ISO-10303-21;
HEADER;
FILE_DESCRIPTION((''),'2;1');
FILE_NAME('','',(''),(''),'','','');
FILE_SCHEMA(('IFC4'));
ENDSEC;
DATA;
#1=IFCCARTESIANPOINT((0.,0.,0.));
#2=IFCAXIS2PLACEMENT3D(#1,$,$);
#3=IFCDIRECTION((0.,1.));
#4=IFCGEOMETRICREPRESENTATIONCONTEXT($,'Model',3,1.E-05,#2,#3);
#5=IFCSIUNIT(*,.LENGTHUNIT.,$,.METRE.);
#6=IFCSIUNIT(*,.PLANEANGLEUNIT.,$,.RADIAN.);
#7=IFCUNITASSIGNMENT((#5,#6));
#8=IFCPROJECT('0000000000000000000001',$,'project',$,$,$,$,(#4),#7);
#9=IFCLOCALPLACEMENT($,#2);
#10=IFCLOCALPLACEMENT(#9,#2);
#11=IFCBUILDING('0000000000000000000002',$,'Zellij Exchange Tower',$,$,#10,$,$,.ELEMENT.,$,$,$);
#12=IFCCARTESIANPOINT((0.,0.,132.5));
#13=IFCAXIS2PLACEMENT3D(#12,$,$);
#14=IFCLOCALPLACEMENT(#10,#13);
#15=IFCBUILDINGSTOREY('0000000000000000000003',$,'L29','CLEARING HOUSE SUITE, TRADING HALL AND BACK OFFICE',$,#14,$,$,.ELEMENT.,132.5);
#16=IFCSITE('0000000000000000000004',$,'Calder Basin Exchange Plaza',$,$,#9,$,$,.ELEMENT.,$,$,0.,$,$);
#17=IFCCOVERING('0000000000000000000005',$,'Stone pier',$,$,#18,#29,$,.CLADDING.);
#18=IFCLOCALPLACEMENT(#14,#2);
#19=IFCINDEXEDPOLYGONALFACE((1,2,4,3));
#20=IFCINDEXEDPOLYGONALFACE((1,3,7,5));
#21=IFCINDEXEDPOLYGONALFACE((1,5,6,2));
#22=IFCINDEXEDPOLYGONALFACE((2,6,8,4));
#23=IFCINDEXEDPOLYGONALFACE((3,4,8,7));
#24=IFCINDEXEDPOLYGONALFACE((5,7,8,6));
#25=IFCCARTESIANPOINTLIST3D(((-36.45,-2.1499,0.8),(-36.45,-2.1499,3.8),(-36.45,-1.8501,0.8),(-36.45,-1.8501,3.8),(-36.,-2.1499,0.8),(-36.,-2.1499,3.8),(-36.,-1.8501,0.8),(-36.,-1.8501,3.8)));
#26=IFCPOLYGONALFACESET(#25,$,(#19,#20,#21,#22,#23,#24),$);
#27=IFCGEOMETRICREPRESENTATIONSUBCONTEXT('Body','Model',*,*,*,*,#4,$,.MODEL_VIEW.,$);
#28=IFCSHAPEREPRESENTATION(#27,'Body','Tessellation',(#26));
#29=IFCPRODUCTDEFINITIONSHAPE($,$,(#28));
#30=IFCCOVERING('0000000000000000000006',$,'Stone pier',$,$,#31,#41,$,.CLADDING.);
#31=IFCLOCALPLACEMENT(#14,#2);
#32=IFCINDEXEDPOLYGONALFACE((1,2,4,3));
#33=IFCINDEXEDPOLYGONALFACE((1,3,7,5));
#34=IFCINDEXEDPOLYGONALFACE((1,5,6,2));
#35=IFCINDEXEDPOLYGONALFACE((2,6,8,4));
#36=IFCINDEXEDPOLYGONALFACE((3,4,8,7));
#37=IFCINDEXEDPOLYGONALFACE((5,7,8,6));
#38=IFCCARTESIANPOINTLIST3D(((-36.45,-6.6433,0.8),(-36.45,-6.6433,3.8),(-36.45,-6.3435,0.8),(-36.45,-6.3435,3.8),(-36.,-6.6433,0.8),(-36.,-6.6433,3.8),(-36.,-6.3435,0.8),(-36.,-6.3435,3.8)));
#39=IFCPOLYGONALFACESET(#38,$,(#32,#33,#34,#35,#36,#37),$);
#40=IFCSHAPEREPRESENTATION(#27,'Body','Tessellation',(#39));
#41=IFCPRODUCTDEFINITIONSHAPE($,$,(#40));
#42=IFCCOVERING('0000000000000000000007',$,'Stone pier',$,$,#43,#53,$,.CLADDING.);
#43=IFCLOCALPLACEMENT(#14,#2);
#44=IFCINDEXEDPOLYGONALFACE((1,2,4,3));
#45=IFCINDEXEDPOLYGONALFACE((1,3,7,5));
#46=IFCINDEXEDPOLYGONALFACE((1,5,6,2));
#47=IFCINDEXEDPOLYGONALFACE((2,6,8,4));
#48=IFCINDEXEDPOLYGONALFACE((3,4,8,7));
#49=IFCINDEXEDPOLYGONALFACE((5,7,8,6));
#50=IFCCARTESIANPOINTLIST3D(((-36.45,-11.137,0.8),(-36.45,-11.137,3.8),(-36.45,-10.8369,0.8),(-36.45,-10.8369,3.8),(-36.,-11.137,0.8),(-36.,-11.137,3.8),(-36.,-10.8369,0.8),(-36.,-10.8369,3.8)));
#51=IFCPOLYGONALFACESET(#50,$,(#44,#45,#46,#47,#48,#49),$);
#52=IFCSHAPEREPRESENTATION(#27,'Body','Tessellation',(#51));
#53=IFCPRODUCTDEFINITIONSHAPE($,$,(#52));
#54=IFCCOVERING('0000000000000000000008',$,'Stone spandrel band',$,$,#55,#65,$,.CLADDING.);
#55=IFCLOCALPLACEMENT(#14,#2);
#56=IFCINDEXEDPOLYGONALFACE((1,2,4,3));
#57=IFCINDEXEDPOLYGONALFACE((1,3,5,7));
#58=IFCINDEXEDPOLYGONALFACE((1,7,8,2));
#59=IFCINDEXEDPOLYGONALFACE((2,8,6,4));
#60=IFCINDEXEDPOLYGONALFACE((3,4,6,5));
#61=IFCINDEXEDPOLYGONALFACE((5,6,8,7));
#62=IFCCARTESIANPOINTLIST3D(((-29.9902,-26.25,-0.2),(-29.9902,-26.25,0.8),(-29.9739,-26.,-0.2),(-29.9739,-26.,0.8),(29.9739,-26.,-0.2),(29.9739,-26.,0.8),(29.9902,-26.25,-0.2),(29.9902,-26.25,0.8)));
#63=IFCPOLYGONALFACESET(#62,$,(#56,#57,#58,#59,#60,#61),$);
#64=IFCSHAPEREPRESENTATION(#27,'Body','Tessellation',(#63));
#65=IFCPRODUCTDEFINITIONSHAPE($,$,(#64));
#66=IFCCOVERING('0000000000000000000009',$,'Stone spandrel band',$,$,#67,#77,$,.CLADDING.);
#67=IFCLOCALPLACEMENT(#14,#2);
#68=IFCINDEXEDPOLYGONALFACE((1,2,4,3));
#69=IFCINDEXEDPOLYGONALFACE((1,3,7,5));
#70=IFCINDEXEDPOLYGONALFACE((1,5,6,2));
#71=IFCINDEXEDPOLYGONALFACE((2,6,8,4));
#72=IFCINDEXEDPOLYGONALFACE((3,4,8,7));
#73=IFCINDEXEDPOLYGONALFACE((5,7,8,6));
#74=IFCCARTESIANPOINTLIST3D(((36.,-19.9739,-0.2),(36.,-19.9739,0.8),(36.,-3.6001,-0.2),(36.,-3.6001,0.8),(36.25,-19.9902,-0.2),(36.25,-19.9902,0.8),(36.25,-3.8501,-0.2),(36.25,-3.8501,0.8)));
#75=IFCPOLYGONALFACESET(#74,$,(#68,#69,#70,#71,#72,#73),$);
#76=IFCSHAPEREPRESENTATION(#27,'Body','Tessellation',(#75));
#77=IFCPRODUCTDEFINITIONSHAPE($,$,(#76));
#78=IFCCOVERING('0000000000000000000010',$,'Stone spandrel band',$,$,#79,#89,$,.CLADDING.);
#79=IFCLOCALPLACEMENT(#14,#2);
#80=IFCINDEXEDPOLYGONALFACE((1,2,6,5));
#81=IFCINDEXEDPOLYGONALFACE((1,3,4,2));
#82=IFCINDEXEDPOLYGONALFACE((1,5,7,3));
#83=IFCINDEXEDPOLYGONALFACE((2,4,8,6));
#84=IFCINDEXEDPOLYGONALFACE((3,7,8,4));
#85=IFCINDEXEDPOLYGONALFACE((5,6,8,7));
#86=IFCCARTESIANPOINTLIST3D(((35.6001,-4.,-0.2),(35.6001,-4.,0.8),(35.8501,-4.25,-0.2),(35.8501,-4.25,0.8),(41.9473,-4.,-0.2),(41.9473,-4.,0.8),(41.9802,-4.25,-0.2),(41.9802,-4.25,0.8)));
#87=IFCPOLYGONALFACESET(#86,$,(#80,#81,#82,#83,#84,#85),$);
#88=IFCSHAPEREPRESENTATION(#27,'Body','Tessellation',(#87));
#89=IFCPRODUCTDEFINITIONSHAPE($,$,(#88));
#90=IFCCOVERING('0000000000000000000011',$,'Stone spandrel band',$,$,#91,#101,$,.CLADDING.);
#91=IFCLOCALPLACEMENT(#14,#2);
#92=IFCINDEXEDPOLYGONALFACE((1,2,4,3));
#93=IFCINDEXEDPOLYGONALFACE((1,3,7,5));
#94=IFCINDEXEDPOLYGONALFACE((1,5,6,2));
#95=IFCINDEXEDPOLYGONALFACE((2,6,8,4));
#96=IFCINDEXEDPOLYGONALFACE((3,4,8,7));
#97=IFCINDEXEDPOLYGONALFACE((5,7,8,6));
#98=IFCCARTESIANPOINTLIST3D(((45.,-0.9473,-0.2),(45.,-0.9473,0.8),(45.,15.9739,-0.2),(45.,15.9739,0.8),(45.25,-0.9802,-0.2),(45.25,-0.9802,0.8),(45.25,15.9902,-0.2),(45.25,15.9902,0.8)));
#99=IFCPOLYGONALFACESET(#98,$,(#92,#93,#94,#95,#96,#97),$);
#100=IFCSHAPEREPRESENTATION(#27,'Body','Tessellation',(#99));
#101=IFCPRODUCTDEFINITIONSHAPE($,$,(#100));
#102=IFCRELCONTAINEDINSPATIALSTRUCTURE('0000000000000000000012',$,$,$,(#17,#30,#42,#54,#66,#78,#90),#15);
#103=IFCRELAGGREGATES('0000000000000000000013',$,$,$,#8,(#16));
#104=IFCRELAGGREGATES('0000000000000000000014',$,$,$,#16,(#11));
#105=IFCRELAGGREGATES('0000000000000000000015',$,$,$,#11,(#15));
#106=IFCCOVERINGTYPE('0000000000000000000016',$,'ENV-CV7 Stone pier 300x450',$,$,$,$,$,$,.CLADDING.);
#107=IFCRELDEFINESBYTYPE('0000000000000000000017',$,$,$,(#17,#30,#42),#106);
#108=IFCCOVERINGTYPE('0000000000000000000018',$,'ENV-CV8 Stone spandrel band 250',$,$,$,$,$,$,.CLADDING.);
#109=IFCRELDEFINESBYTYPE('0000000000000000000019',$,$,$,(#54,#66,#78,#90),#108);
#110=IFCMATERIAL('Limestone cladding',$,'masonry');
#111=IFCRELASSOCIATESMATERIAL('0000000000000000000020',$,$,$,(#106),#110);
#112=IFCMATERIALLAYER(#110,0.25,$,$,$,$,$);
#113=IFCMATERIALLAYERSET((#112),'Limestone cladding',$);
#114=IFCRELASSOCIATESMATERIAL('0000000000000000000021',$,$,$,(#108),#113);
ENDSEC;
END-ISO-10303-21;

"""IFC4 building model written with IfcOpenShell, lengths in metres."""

from ifc_helpers import new_model, si_unit, direction, frame, origin, place, context, subcontext, project, spatial, polyline, outline, extrude, material, layer, layer_set, type_object, element, save


model = new_model("IFC4")

# Units and contexts
model_context = context("Model", 3, precision=1e-05, world=origin(), true_north=direction((0.0, 1.0)))
body_context = subcontext(model_context, "Body", "Model", "MODEL_VIEW")
ifc_project = project(units=[si_unit("LENGTHUNIT", "METRE"), si_unit("PLANEANGLEUNIT", "RADIAN")], contexts=[model_context])

# Site, building, storey
site_placement = place(None, origin())
site = spatial("IfcSite", under=ifc_project, at=site_placement, Name="Calder Basin Exchange Plaza", CompositionType="ELEMENT", RefElevation=0.0)
building_placement = place(site_placement, origin())
building = spatial("IfcBuilding", under=site, at=building_placement, Name="Zellij Exchange Tower", CompositionType="ELEMENT")
storey_placement = place(building_placement, frame((0.0, 0.0, 132.5)))
storey = spatial("IfcBuildingStorey", under=building, at=storey_placement, Name="L29", Description="CLEARING HOUSE SUITE, TRADING HALL AND BACK OFFICE", CompositionType="ELEMENT", Elevation=132.5)

# Coverings
ifc_material_1 = material(Name="Limestone cladding", Category="masonry")
covering_type_1 = type_object("IfcCoveringType", Name="ENV-CV7 Stone pier 300x450", PredefinedType="CLADDING", material=ifc_material_1)
covering_1_placement = place(storey_placement, frame((0.0, 0.0, 0.8)))
element("IfcCovering", 1, at=covering_1_placement, inside=storey, type_object=covering_type_1, Name="Stone pier", PredefinedType="CLADDING", context=body_context, shape_type="SweptSolid", body=[
    extrude(outline(polyline([(-36.0, -1.8501), (-36.0, -2.1499), (-36.45, -2.1499), (-36.45, -1.8501), (-36.0, -1.8501)])), origin(), (0.0, 0.0, 1.0), 3.0),
])
covering_2_placement = place(storey_placement, frame((0.0, 0.0, 0.8)))
element("IfcCovering", 2, at=covering_2_placement, inside=storey, type_object=covering_type_1, Name="Stone pier", PredefinedType="CLADDING", context=body_context, shape_type="SweptSolid", body=[
    extrude(outline(polyline([(-36.0, -6.3435), (-36.0, -6.6433), (-36.45, -6.6433), (-36.45, -6.3435), (-36.0, -6.3435)])), origin(), (0.0, 0.0, 1.0), 3.0),
])
covering_3_placement = place(storey_placement, frame((0.0, 0.0, 0.8)))
element("IfcCovering", 3, at=covering_3_placement, inside=storey, type_object=covering_type_1, Name="Stone pier", PredefinedType="CLADDING", context=body_context, shape_type="SweptSolid", body=[
    extrude(outline(polyline([(-36.0, -10.8369), (-36.0, -11.137), (-36.45, -11.137), (-36.45, -10.8369), (-36.0, -10.8369)])), origin(), (0.0, 0.0, 1.0), 3.0),
])
ifc_layer_1 = layer(ifc_material_1, 0.25)
ifc_layer_set_1 = layer_set([ifc_layer_1], Name="Limestone cladding")
covering_type_2 = type_object("IfcCoveringType", Name="ENV-CV8 Stone spandrel band 250", PredefinedType="CLADDING", material=ifc_layer_set_1)
covering_4_placement = place(storey_placement, frame((0.0, 0.0, -0.2)))
element("IfcCovering", 4, at=covering_4_placement, inside=storey, type_object=covering_type_2, Name="Stone spandrel band", PredefinedType="CLADDING", context=body_context, shape_type="SweptSolid", body=[
    extrude(outline(polyline([(-29.9739, -26.0), (29.9739, -26.0), (29.9902, -26.25), (-29.9902, -26.25), (-29.9739, -26.0)])), origin(), (0.0, 0.0, 1.0), 1.0),
])
covering_5_placement = place(storey_placement, frame((0.0, 0.0, -0.2)))
element("IfcCovering", 5, at=covering_5_placement, inside=storey, type_object=covering_type_2, Name="Stone spandrel band", PredefinedType="CLADDING", context=body_context, shape_type="SweptSolid", body=[
    extrude(outline(polyline([(36.0, -19.9739), (36.0, -3.6001), (36.25, -3.8501), (36.25, -19.9902), (36.0, -19.9739)])), origin(), (0.0, 0.0, 1.0), 1.0),
])
covering_6_placement = place(storey_placement, frame((0.0, 0.0, -0.2)))
element("IfcCovering", 6, at=covering_6_placement, inside=storey, type_object=covering_type_2, Name="Stone spandrel band", PredefinedType="CLADDING", context=body_context, shape_type="SweptSolid", body=[
    extrude(outline(polyline([(35.6001, -4.0), (41.9473, -4.0), (41.9802, -4.25), (35.8501, -4.25), (35.6001, -4.0)])), origin(), (0.0, 0.0, 1.0), 1.0),
])
covering_7_placement = place(storey_placement, frame((0.0, 0.0, -0.2)))
element("IfcCovering", 7, at=covering_7_placement, inside=storey, type_object=covering_type_2, Name="Stone spandrel band", PredefinedType="CLADDING", context=body_context, shape_type="SweptSolid", body=[
    extrude(outline(polyline([(45.0, -0.9473), (45.0, 15.9739), (45.25, 15.9902), (45.25, -0.9802), (45.0, -0.9473)])), origin(), (0.0, 0.0, 1.0), 1.0),
])

save(model, "model.ifc")
